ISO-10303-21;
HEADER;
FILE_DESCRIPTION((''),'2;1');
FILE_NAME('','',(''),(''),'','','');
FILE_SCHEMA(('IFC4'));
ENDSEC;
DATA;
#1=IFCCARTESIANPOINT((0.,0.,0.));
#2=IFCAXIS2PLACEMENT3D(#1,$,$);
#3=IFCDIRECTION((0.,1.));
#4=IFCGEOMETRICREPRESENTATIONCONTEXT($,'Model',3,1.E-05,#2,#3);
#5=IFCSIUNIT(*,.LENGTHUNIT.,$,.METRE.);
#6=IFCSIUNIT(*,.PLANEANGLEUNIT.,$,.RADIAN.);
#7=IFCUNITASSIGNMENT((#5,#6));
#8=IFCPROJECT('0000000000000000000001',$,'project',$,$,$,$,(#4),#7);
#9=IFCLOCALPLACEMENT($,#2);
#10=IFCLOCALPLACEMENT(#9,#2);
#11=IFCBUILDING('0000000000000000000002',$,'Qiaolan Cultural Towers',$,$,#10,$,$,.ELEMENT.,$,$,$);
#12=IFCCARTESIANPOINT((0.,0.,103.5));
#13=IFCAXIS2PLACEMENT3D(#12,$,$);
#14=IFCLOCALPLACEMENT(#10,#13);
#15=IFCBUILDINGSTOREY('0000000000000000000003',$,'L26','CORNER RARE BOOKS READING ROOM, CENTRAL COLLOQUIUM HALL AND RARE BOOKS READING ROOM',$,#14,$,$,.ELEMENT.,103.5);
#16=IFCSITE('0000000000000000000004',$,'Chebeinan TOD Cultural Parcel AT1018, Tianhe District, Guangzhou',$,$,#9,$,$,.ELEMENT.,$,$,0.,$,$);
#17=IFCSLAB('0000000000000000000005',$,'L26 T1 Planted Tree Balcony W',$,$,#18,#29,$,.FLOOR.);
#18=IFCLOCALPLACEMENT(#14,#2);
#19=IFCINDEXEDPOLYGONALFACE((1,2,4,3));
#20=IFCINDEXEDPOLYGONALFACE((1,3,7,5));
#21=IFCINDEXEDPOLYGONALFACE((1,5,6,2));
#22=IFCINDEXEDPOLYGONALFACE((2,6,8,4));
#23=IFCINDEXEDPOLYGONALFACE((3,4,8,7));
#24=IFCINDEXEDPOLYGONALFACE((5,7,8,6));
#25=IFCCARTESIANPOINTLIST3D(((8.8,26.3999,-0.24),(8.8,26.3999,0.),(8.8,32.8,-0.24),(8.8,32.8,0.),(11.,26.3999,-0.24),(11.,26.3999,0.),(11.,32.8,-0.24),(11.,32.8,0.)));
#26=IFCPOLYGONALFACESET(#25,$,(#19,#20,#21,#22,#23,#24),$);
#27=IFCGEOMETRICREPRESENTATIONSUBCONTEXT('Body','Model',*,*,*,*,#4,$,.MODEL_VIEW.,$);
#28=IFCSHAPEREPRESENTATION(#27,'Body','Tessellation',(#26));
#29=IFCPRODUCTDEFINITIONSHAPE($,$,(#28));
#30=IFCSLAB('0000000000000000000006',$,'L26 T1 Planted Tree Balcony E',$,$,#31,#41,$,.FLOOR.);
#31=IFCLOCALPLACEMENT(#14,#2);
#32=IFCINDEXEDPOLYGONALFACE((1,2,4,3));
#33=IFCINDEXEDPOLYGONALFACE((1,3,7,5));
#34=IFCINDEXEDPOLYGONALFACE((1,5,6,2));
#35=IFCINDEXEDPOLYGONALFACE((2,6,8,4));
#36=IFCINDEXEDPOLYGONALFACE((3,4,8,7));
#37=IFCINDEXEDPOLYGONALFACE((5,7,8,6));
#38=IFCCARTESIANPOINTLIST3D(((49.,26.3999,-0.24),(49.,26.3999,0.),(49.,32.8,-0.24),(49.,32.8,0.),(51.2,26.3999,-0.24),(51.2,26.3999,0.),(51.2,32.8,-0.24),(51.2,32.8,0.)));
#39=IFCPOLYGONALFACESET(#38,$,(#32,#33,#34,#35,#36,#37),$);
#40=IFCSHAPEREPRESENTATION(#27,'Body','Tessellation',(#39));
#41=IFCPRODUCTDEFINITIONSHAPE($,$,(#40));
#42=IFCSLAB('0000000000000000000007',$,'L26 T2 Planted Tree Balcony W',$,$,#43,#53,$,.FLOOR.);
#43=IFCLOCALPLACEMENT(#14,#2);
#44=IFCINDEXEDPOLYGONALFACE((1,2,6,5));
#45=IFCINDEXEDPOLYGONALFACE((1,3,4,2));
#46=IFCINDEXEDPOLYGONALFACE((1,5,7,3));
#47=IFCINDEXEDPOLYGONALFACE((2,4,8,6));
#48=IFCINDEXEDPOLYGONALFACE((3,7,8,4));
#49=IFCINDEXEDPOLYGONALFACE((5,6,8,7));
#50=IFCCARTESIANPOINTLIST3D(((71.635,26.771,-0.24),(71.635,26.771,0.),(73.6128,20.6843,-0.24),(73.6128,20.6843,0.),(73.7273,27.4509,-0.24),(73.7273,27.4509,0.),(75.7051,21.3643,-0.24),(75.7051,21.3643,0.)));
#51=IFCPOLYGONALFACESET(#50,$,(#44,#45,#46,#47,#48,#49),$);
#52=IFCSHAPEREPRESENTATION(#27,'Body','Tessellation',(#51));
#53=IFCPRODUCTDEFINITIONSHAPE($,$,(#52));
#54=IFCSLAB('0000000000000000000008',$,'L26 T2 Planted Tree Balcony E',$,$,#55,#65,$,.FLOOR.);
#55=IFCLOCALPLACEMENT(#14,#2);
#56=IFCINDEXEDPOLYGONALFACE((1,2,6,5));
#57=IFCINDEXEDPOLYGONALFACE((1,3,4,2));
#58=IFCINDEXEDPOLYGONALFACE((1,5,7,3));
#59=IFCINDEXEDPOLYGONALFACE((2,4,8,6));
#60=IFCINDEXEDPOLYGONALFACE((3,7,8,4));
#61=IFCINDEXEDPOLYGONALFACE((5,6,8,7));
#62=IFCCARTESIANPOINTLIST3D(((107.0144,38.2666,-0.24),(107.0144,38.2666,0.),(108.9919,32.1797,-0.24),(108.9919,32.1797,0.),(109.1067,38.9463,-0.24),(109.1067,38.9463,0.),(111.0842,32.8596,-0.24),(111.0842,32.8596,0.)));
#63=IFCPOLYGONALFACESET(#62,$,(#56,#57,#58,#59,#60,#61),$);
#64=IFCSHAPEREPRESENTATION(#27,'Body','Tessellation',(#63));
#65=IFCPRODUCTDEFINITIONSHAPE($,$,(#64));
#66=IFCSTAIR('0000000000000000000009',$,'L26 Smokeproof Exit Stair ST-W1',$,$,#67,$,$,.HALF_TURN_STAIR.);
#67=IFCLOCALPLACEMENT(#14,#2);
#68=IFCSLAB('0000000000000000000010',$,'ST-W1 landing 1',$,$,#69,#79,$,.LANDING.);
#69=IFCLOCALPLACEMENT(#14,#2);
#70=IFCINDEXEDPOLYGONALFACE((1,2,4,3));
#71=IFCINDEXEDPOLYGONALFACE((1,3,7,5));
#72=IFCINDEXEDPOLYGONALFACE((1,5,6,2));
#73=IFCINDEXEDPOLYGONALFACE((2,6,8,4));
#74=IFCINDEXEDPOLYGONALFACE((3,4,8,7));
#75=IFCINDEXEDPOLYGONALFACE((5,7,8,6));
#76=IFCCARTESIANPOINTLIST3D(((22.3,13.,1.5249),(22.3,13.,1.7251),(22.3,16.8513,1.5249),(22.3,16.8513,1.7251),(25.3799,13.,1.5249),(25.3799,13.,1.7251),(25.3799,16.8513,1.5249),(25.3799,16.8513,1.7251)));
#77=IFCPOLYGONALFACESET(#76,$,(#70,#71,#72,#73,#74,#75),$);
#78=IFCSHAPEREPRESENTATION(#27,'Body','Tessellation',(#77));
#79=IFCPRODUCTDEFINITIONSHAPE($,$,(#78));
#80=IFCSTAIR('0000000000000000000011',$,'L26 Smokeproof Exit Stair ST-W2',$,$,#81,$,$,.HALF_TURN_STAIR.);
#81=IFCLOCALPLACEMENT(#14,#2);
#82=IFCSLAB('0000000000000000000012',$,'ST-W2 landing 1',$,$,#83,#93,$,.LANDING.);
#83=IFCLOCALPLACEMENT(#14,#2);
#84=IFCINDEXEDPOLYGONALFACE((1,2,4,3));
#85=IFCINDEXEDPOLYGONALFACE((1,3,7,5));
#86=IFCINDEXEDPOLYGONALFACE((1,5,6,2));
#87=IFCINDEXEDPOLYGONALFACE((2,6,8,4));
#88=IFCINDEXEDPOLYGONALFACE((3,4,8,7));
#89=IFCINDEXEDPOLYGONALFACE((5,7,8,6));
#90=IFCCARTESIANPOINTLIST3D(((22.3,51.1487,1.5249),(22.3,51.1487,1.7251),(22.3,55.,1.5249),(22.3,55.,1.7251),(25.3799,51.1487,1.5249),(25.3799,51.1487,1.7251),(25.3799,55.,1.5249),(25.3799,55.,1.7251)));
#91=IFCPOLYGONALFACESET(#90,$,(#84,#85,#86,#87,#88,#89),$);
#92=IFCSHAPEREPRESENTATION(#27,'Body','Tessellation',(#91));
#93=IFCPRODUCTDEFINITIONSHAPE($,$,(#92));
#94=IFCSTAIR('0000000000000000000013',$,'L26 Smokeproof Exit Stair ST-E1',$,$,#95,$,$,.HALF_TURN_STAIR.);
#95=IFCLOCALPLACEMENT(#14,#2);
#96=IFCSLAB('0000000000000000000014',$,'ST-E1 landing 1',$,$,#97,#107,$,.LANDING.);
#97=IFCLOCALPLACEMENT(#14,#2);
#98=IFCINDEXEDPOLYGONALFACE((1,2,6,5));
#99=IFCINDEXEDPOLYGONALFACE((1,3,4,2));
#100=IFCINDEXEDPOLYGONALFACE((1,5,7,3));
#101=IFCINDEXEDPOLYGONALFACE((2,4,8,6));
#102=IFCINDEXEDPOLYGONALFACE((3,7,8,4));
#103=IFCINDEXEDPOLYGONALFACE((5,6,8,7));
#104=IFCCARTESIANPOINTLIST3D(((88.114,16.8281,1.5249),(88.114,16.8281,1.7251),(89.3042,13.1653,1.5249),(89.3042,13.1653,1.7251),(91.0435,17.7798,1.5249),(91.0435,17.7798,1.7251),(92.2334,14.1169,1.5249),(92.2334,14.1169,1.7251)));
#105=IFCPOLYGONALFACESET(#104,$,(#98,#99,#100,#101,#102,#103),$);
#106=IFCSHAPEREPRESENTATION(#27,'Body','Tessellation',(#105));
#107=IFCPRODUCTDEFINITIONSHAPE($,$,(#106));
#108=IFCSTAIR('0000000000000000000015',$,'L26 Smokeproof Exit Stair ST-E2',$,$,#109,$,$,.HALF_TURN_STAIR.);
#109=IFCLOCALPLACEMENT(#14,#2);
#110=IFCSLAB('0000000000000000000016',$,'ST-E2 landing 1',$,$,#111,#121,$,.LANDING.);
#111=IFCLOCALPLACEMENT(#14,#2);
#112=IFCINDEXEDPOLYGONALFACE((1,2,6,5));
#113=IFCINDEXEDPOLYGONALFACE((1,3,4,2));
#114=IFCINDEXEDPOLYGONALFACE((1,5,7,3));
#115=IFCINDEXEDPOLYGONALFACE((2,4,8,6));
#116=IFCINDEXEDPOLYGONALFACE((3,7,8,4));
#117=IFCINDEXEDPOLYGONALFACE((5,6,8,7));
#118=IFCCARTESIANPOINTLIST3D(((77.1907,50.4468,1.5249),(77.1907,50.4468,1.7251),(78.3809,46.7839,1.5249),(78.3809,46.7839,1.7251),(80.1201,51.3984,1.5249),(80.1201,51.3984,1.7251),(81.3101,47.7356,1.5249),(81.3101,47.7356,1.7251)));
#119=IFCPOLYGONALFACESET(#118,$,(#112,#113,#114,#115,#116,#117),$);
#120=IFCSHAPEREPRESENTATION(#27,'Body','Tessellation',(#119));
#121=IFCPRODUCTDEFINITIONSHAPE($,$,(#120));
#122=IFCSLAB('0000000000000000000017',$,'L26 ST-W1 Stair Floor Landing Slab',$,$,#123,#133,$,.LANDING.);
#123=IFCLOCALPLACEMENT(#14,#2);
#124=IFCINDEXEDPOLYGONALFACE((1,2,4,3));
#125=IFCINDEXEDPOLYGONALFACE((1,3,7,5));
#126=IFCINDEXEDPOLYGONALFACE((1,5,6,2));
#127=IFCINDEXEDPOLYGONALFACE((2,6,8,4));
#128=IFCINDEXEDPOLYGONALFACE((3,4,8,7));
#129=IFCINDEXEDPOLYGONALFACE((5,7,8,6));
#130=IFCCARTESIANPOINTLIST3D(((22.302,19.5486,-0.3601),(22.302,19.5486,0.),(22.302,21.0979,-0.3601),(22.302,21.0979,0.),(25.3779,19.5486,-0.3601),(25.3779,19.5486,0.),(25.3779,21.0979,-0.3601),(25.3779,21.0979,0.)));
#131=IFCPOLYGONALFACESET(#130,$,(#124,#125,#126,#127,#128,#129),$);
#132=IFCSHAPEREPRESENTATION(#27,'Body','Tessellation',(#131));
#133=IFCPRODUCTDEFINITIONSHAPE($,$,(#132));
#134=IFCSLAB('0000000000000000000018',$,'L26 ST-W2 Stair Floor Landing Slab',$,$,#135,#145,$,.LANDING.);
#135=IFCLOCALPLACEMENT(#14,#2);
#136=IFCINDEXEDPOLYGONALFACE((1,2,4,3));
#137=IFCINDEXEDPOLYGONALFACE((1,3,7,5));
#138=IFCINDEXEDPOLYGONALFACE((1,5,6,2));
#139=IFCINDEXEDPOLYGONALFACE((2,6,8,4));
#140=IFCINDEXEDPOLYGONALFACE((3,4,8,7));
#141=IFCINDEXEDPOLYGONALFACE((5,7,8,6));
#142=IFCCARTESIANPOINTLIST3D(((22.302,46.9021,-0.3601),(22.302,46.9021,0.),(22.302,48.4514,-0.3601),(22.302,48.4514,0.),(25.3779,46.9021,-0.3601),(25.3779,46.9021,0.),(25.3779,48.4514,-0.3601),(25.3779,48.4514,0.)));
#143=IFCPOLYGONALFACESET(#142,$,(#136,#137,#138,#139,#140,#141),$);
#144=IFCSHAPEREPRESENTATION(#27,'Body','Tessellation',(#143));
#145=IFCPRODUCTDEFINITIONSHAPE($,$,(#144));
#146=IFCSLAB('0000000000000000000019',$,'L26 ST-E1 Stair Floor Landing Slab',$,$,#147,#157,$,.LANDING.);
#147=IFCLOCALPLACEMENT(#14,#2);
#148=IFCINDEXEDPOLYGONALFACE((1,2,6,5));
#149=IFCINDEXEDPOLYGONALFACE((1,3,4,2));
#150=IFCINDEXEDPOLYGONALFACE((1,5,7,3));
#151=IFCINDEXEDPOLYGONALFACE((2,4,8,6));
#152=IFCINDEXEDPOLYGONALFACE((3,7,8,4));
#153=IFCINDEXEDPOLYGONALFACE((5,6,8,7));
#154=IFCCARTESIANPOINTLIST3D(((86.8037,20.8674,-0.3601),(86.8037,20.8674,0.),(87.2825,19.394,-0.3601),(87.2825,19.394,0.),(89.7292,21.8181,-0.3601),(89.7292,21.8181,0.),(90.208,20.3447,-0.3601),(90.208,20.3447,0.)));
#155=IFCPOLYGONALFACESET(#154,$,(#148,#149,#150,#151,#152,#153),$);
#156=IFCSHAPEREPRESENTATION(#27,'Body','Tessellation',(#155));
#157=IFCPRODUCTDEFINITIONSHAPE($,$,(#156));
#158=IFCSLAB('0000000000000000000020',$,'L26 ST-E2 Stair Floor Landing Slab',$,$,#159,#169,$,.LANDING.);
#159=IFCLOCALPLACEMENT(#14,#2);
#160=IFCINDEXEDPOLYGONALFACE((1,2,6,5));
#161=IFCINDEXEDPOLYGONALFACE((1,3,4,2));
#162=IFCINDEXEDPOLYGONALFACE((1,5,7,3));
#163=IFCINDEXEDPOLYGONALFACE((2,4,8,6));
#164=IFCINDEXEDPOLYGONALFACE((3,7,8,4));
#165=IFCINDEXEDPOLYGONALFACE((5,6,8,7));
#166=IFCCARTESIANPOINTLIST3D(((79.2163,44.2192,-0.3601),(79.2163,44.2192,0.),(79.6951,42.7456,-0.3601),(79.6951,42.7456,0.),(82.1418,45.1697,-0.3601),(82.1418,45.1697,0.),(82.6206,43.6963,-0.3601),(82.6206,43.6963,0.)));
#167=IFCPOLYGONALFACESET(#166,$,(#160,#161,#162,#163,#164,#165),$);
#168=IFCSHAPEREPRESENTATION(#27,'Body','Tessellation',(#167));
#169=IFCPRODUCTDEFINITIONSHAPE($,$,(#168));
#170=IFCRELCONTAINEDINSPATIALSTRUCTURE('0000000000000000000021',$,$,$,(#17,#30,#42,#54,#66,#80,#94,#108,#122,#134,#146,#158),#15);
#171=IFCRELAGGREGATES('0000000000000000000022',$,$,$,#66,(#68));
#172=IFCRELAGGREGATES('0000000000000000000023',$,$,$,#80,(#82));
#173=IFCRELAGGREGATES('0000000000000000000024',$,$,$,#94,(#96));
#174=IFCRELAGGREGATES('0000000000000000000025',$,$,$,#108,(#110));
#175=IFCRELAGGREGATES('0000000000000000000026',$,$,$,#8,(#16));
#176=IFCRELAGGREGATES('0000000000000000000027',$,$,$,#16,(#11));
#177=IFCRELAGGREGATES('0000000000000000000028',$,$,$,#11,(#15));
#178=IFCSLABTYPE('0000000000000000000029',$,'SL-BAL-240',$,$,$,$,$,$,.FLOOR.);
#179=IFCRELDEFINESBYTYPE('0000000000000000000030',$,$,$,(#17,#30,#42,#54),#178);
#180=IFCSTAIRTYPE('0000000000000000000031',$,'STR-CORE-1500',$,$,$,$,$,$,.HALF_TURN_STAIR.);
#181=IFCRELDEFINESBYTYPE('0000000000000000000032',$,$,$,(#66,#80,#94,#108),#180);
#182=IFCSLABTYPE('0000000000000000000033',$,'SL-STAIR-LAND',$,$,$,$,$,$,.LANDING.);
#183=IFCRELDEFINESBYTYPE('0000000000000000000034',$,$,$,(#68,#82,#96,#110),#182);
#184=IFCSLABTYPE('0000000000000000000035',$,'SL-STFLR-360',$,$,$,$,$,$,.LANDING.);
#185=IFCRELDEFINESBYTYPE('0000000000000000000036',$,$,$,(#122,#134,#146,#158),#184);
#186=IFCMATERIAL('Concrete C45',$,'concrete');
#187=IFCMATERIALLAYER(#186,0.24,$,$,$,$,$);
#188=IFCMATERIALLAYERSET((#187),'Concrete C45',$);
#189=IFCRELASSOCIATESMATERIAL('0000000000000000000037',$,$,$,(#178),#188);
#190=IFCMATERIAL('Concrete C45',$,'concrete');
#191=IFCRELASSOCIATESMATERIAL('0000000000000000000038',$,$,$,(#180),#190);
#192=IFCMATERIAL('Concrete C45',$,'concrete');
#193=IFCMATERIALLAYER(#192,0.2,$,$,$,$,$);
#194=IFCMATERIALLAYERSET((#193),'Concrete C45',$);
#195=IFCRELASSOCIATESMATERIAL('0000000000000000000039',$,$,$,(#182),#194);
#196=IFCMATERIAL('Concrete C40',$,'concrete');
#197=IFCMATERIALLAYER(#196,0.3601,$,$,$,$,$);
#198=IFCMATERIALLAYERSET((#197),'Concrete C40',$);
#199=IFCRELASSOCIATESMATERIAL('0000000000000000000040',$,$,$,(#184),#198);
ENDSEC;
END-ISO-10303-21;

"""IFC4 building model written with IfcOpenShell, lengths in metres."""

from ifc_helpers import new_model, si_unit, direction, frame, origin, place, context, subcontext, project, spatial, polyline, outline, extrude, material, layer, layer_set, type_object, element, aggregate, save


model = new_model("IFC4")

# Units and contexts
model_context = context("Model", 3, precision=1e-05, world=origin(), true_north=direction((0.0, 1.0)))
body_context = subcontext(model_context, "Body", "Model", "MODEL_VIEW")
ifc_project = project(units=[si_unit("LENGTHUNIT", "METRE"), si_unit("PLANEANGLEUNIT", "RADIAN")], contexts=[model_context])

# Site, building, storey
site_placement = place(None, origin())
site = spatial("IfcSite", under=ifc_project, at=site_placement, Name="Chebeinan TOD Cultural Parcel AT1018, Tianhe District, Guangzhou", CompositionType="ELEMENT", RefElevation=0.0)
building_placement = place(site_placement, origin())
building = spatial("IfcBuilding", under=site, at=building_placement, Name="Qiaolan Cultural Towers", CompositionType="ELEMENT")
storey_placement = place(building_placement, frame((0.0, 0.0, 103.5)))
storey = spatial("IfcBuildingStorey", under=building, at=storey_placement, Name="L26", Description="CORNER RARE BOOKS READING ROOM, CENTRAL COLLOQUIUM HALL AND RARE BOOKS READING ROOM", CompositionType="ELEMENT", Elevation=103.5)

# Slabs
ifc_material_1 = material(Name="Concrete C45", Category="concrete")
ifc_layer_1 = layer(ifc_material_1, 0.24)
ifc_layer_set_1 = layer_set([ifc_layer_1], Name="Concrete C45")
slab_type_1 = type_object("IfcSlabType", Name="SL-BAL-240", PredefinedType="FLOOR", material=ifc_layer_set_1)
slab_1_placement = place(storey_placement, frame((0.0, 0.0, -0.24)))
element("IfcSlab", 1, at=slab_1_placement, inside=storey, type_object=slab_type_1, Name="L26 T1 Planted Tree Balcony W", PredefinedType="FLOOR", context=body_context, shape_type="SweptSolid", body=[
    extrude(outline(polyline([(8.8, 26.3999), (11.0, 26.3999), (11.0, 32.8), (8.8, 32.8), (8.8, 26.3999)])), origin(), (0.0, 0.0, 1.0), 0.24),
])
slab_2_placement = place(storey_placement, frame((0.0, 0.0, -0.24)))
element("IfcSlab", 2, at=slab_2_placement, inside=storey, type_object=slab_type_1, Name="L26 T1 Planted Tree Balcony E", PredefinedType="FLOOR", context=body_context, shape_type="SweptSolid", body=[
    extrude(outline(polyline([(49.0, 26.3999), (51.2, 26.3999), (51.2, 32.8), (49.0, 32.8), (49.0, 26.3999)])), origin(), (0.0, 0.0, 1.0), 0.24),
])
slab_3_placement = place(storey_placement, frame((0.0, 0.0, -0.24)))
element("IfcSlab", 3, at=slab_3_placement, inside=storey, type_object=slab_type_1, Name="L26 T2 Planted Tree Balcony W", PredefinedType="FLOOR", context=body_context, shape_type="SweptSolid", body=[
    extrude(outline(polyline([(73.6128, 20.6843), (75.7051, 21.3643), (73.7273, 27.4509), (71.635, 26.771), (73.6128, 20.6843)])), origin(), (0.0, 0.0, 1.0), 0.24),
])
slab_4_placement = place(storey_placement, frame((0.0, 0.0, -0.24)))
element("IfcSlab", 4, at=slab_4_placement, inside=storey, type_object=slab_type_1, Name="L26 T2 Planted Tree Balcony E", PredefinedType="FLOOR", context=body_context, shape_type="SweptSolid", body=[
    extrude(outline(polyline([(108.9919, 32.1797), (111.0842, 32.8596), (109.1067, 38.9463), (107.0144, 38.2666), (108.9919, 32.1797)])), origin(), (0.0, 0.0, 1.0), 0.24),
])

# Stairs, slabs
ifc_material_2 = material(Name="Concrete C45", Category="concrete")
stair_type = type_object("IfcStairType", Name="STR-CORE-1500", PredefinedType="HALF_TURN_STAIR", material=ifc_material_2)
stair_1_placement = place(storey_placement, origin())
stair_1 = element("IfcStair", 5, at=stair_1_placement, inside=storey, type_object=stair_type, Name="L26 Smokeproof Exit Stair ST-W1", PredefinedType="HALF_TURN_STAIR")
ifc_material_3 = material(Name="Concrete C45", Category="concrete")
ifc_layer_2 = layer(ifc_material_3, 0.2)
ifc_layer_set_2 = layer_set([ifc_layer_2], Name="Concrete C45")
slab_type_2 = type_object("IfcSlabType", Name="SL-STAIR-LAND", PredefinedType="LANDING", material=ifc_layer_set_2)
slab_5_placement = place(storey_placement, frame((0.0, 0.0, 1.5249)))
slab_5 = element("IfcSlab", 6, at=slab_5_placement, type_object=slab_type_2, Name="ST-W1 landing 1", PredefinedType="LANDING", context=body_context, shape_type="SweptSolid", body=[
    extrude(outline(polyline([(22.3, 16.8513), (22.3, 13.0), (25.3799, 13.0), (25.3799, 16.8513), (22.3, 16.8513)])), origin(), (0.0, 0.0, 1.0), 0.2002),
])
aggregate(stair_1, [slab_5])
stair_2_placement = place(storey_placement, origin())
stair_2 = element("IfcStair", 7, at=stair_2_placement, inside=storey, type_object=stair_type, Name="L26 Smokeproof Exit Stair ST-W2", PredefinedType="HALF_TURN_STAIR")
slab_6_placement = place(storey_placement, frame((0.0, 0.0, 1.5249)))
slab_6 = element("IfcSlab", 8, at=slab_6_placement, type_object=slab_type_2, Name="ST-W2 landing 1", PredefinedType="LANDING", context=body_context, shape_type="SweptSolid", body=[
    extrude(outline(polyline([(25.3799, 51.1487), (25.3799, 55.0), (22.3, 55.0), (22.3, 51.1487), (25.3799, 51.1487)])), origin(), (0.0, 0.0, 1.0), 0.2002),
])
aggregate(stair_2, [slab_6])
stair_3_placement = place(storey_placement, origin())
stair_3 = element("IfcStair", 9, at=stair_3_placement, inside=storey, type_object=stair_type, Name="L26 Smokeproof Exit Stair ST-E1", PredefinedType="HALF_TURN_STAIR")
slab_7_placement = place(storey_placement, frame((0.0, 0.0, 1.5249)))
slab_7 = element("IfcSlab", 10, at=slab_7_placement, type_object=slab_type_2, Name="ST-E1 landing 1", PredefinedType="LANDING", context=body_context, shape_type="SweptSolid", body=[
    extrude(outline(polyline([(88.114, 16.8281), (89.3042, 13.1653), (92.2334, 14.1169), (91.0435, 17.7798), (88.114, 16.8281)])), origin(), (0.0, 0.0, 1.0), 0.2002),
])
aggregate(stair_3, [slab_7])
stair_4_placement = place(storey_placement, origin())
stair_4 = element("IfcStair", 11, at=stair_4_placement, inside=storey, type_object=stair_type, Name="L26 Smokeproof Exit Stair ST-E2", PredefinedType="HALF_TURN_STAIR")
slab_8_placement = place(storey_placement, frame((0.0, 0.0, 1.5249)))
slab_8 = element("IfcSlab", 12, at=slab_8_placement, type_object=slab_type_2, Name="ST-E2 landing 1", PredefinedType="LANDING", context=body_context, shape_type="SweptSolid", body=[
    extrude(outline(polyline([(81.3101, 47.7356), (80.1201, 51.3984), (77.1907, 50.4468), (78.3809, 46.7839), (81.3101, 47.7356)])), origin(), (0.0, 0.0, 1.0), 0.2002),
])
aggregate(stair_4, [slab_8])

# Slabs
ifc_material_4 = material(Name="Concrete C40", Category="concrete")
ifc_layer_3 = layer(ifc_material_4, 0.3601)
ifc_layer_set_3 = layer_set([ifc_layer_3], Name="Concrete C40")
slab_type_3 = type_object("IfcSlabType", Name="SL-STFLR-360", PredefinedType="LANDING", material=ifc_layer_set_3)
slab_9_placement = place(storey_placement, frame((0.0, 0.0, -0.3601)))
element("IfcSlab", 13, at=slab_9_placement, inside=storey, type_object=slab_type_3, Name="L26 ST-W1 Stair Floor Landing Slab", PredefinedType="LANDING", context=body_context, shape_type="SweptSolid", body=[
    extrude(outline(polyline([(22.302, 21.0979), (22.302, 19.5486), (25.3779, 19.5486), (25.3779, 21.0979), (22.302, 21.0979)])), origin(), (0.0, 0.0, 1.0), 0.3601),
])
slab_10_placement = place(storey_placement, frame((0.0, 0.0, -0.3601)))
element("IfcSlab", 14, at=slab_10_placement, inside=storey, type_object=slab_type_3, Name="L26 ST-W2 Stair Floor Landing Slab", PredefinedType="LANDING", context=body_context, shape_type="SweptSolid", body=[
    extrude(outline(polyline([(25.3779, 46.9021), (25.3779, 48.4514), (22.302, 48.4514), (22.302, 46.9021), (25.3779, 46.9021)])), origin(), (0.0, 0.0, 1.0), 0.3601),
])
slab_11_placement = place(storey_placement, frame((0.0, 0.0, -0.3601)))
element("IfcSlab", 15, at=slab_11_placement, inside=storey, type_object=slab_type_3, Name="L26 ST-E1 Stair Floor Landing Slab", PredefinedType="LANDING", context=body_context, shape_type="SweptSolid", body=[
    extrude(outline(polyline([(86.8037, 20.8674), (87.2825, 19.394), (90.208, 20.3447), (89.7292, 21.8181), (86.8037, 20.8674)])), origin(), (0.0, 0.0, 1.0), 0.3601),
])
slab_12_placement = place(storey_placement, frame((0.0, 0.0, -0.3601)))
element("IfcSlab", 16, at=slab_12_placement, inside=storey, type_object=slab_type_3, Name="L26 ST-E2 Stair Floor Landing Slab", PredefinedType="LANDING", context=body_context, shape_type="SweptSolid", body=[
    extrude(outline(polyline([(82.6206, 43.6963), (82.1418, 45.1697), (79.2163, 44.2192), (79.6951, 42.7456), (82.6206, 43.6963)])), origin(), (0.0, 0.0, 1.0), 0.3601),
])

save(model, "model.ifc")
